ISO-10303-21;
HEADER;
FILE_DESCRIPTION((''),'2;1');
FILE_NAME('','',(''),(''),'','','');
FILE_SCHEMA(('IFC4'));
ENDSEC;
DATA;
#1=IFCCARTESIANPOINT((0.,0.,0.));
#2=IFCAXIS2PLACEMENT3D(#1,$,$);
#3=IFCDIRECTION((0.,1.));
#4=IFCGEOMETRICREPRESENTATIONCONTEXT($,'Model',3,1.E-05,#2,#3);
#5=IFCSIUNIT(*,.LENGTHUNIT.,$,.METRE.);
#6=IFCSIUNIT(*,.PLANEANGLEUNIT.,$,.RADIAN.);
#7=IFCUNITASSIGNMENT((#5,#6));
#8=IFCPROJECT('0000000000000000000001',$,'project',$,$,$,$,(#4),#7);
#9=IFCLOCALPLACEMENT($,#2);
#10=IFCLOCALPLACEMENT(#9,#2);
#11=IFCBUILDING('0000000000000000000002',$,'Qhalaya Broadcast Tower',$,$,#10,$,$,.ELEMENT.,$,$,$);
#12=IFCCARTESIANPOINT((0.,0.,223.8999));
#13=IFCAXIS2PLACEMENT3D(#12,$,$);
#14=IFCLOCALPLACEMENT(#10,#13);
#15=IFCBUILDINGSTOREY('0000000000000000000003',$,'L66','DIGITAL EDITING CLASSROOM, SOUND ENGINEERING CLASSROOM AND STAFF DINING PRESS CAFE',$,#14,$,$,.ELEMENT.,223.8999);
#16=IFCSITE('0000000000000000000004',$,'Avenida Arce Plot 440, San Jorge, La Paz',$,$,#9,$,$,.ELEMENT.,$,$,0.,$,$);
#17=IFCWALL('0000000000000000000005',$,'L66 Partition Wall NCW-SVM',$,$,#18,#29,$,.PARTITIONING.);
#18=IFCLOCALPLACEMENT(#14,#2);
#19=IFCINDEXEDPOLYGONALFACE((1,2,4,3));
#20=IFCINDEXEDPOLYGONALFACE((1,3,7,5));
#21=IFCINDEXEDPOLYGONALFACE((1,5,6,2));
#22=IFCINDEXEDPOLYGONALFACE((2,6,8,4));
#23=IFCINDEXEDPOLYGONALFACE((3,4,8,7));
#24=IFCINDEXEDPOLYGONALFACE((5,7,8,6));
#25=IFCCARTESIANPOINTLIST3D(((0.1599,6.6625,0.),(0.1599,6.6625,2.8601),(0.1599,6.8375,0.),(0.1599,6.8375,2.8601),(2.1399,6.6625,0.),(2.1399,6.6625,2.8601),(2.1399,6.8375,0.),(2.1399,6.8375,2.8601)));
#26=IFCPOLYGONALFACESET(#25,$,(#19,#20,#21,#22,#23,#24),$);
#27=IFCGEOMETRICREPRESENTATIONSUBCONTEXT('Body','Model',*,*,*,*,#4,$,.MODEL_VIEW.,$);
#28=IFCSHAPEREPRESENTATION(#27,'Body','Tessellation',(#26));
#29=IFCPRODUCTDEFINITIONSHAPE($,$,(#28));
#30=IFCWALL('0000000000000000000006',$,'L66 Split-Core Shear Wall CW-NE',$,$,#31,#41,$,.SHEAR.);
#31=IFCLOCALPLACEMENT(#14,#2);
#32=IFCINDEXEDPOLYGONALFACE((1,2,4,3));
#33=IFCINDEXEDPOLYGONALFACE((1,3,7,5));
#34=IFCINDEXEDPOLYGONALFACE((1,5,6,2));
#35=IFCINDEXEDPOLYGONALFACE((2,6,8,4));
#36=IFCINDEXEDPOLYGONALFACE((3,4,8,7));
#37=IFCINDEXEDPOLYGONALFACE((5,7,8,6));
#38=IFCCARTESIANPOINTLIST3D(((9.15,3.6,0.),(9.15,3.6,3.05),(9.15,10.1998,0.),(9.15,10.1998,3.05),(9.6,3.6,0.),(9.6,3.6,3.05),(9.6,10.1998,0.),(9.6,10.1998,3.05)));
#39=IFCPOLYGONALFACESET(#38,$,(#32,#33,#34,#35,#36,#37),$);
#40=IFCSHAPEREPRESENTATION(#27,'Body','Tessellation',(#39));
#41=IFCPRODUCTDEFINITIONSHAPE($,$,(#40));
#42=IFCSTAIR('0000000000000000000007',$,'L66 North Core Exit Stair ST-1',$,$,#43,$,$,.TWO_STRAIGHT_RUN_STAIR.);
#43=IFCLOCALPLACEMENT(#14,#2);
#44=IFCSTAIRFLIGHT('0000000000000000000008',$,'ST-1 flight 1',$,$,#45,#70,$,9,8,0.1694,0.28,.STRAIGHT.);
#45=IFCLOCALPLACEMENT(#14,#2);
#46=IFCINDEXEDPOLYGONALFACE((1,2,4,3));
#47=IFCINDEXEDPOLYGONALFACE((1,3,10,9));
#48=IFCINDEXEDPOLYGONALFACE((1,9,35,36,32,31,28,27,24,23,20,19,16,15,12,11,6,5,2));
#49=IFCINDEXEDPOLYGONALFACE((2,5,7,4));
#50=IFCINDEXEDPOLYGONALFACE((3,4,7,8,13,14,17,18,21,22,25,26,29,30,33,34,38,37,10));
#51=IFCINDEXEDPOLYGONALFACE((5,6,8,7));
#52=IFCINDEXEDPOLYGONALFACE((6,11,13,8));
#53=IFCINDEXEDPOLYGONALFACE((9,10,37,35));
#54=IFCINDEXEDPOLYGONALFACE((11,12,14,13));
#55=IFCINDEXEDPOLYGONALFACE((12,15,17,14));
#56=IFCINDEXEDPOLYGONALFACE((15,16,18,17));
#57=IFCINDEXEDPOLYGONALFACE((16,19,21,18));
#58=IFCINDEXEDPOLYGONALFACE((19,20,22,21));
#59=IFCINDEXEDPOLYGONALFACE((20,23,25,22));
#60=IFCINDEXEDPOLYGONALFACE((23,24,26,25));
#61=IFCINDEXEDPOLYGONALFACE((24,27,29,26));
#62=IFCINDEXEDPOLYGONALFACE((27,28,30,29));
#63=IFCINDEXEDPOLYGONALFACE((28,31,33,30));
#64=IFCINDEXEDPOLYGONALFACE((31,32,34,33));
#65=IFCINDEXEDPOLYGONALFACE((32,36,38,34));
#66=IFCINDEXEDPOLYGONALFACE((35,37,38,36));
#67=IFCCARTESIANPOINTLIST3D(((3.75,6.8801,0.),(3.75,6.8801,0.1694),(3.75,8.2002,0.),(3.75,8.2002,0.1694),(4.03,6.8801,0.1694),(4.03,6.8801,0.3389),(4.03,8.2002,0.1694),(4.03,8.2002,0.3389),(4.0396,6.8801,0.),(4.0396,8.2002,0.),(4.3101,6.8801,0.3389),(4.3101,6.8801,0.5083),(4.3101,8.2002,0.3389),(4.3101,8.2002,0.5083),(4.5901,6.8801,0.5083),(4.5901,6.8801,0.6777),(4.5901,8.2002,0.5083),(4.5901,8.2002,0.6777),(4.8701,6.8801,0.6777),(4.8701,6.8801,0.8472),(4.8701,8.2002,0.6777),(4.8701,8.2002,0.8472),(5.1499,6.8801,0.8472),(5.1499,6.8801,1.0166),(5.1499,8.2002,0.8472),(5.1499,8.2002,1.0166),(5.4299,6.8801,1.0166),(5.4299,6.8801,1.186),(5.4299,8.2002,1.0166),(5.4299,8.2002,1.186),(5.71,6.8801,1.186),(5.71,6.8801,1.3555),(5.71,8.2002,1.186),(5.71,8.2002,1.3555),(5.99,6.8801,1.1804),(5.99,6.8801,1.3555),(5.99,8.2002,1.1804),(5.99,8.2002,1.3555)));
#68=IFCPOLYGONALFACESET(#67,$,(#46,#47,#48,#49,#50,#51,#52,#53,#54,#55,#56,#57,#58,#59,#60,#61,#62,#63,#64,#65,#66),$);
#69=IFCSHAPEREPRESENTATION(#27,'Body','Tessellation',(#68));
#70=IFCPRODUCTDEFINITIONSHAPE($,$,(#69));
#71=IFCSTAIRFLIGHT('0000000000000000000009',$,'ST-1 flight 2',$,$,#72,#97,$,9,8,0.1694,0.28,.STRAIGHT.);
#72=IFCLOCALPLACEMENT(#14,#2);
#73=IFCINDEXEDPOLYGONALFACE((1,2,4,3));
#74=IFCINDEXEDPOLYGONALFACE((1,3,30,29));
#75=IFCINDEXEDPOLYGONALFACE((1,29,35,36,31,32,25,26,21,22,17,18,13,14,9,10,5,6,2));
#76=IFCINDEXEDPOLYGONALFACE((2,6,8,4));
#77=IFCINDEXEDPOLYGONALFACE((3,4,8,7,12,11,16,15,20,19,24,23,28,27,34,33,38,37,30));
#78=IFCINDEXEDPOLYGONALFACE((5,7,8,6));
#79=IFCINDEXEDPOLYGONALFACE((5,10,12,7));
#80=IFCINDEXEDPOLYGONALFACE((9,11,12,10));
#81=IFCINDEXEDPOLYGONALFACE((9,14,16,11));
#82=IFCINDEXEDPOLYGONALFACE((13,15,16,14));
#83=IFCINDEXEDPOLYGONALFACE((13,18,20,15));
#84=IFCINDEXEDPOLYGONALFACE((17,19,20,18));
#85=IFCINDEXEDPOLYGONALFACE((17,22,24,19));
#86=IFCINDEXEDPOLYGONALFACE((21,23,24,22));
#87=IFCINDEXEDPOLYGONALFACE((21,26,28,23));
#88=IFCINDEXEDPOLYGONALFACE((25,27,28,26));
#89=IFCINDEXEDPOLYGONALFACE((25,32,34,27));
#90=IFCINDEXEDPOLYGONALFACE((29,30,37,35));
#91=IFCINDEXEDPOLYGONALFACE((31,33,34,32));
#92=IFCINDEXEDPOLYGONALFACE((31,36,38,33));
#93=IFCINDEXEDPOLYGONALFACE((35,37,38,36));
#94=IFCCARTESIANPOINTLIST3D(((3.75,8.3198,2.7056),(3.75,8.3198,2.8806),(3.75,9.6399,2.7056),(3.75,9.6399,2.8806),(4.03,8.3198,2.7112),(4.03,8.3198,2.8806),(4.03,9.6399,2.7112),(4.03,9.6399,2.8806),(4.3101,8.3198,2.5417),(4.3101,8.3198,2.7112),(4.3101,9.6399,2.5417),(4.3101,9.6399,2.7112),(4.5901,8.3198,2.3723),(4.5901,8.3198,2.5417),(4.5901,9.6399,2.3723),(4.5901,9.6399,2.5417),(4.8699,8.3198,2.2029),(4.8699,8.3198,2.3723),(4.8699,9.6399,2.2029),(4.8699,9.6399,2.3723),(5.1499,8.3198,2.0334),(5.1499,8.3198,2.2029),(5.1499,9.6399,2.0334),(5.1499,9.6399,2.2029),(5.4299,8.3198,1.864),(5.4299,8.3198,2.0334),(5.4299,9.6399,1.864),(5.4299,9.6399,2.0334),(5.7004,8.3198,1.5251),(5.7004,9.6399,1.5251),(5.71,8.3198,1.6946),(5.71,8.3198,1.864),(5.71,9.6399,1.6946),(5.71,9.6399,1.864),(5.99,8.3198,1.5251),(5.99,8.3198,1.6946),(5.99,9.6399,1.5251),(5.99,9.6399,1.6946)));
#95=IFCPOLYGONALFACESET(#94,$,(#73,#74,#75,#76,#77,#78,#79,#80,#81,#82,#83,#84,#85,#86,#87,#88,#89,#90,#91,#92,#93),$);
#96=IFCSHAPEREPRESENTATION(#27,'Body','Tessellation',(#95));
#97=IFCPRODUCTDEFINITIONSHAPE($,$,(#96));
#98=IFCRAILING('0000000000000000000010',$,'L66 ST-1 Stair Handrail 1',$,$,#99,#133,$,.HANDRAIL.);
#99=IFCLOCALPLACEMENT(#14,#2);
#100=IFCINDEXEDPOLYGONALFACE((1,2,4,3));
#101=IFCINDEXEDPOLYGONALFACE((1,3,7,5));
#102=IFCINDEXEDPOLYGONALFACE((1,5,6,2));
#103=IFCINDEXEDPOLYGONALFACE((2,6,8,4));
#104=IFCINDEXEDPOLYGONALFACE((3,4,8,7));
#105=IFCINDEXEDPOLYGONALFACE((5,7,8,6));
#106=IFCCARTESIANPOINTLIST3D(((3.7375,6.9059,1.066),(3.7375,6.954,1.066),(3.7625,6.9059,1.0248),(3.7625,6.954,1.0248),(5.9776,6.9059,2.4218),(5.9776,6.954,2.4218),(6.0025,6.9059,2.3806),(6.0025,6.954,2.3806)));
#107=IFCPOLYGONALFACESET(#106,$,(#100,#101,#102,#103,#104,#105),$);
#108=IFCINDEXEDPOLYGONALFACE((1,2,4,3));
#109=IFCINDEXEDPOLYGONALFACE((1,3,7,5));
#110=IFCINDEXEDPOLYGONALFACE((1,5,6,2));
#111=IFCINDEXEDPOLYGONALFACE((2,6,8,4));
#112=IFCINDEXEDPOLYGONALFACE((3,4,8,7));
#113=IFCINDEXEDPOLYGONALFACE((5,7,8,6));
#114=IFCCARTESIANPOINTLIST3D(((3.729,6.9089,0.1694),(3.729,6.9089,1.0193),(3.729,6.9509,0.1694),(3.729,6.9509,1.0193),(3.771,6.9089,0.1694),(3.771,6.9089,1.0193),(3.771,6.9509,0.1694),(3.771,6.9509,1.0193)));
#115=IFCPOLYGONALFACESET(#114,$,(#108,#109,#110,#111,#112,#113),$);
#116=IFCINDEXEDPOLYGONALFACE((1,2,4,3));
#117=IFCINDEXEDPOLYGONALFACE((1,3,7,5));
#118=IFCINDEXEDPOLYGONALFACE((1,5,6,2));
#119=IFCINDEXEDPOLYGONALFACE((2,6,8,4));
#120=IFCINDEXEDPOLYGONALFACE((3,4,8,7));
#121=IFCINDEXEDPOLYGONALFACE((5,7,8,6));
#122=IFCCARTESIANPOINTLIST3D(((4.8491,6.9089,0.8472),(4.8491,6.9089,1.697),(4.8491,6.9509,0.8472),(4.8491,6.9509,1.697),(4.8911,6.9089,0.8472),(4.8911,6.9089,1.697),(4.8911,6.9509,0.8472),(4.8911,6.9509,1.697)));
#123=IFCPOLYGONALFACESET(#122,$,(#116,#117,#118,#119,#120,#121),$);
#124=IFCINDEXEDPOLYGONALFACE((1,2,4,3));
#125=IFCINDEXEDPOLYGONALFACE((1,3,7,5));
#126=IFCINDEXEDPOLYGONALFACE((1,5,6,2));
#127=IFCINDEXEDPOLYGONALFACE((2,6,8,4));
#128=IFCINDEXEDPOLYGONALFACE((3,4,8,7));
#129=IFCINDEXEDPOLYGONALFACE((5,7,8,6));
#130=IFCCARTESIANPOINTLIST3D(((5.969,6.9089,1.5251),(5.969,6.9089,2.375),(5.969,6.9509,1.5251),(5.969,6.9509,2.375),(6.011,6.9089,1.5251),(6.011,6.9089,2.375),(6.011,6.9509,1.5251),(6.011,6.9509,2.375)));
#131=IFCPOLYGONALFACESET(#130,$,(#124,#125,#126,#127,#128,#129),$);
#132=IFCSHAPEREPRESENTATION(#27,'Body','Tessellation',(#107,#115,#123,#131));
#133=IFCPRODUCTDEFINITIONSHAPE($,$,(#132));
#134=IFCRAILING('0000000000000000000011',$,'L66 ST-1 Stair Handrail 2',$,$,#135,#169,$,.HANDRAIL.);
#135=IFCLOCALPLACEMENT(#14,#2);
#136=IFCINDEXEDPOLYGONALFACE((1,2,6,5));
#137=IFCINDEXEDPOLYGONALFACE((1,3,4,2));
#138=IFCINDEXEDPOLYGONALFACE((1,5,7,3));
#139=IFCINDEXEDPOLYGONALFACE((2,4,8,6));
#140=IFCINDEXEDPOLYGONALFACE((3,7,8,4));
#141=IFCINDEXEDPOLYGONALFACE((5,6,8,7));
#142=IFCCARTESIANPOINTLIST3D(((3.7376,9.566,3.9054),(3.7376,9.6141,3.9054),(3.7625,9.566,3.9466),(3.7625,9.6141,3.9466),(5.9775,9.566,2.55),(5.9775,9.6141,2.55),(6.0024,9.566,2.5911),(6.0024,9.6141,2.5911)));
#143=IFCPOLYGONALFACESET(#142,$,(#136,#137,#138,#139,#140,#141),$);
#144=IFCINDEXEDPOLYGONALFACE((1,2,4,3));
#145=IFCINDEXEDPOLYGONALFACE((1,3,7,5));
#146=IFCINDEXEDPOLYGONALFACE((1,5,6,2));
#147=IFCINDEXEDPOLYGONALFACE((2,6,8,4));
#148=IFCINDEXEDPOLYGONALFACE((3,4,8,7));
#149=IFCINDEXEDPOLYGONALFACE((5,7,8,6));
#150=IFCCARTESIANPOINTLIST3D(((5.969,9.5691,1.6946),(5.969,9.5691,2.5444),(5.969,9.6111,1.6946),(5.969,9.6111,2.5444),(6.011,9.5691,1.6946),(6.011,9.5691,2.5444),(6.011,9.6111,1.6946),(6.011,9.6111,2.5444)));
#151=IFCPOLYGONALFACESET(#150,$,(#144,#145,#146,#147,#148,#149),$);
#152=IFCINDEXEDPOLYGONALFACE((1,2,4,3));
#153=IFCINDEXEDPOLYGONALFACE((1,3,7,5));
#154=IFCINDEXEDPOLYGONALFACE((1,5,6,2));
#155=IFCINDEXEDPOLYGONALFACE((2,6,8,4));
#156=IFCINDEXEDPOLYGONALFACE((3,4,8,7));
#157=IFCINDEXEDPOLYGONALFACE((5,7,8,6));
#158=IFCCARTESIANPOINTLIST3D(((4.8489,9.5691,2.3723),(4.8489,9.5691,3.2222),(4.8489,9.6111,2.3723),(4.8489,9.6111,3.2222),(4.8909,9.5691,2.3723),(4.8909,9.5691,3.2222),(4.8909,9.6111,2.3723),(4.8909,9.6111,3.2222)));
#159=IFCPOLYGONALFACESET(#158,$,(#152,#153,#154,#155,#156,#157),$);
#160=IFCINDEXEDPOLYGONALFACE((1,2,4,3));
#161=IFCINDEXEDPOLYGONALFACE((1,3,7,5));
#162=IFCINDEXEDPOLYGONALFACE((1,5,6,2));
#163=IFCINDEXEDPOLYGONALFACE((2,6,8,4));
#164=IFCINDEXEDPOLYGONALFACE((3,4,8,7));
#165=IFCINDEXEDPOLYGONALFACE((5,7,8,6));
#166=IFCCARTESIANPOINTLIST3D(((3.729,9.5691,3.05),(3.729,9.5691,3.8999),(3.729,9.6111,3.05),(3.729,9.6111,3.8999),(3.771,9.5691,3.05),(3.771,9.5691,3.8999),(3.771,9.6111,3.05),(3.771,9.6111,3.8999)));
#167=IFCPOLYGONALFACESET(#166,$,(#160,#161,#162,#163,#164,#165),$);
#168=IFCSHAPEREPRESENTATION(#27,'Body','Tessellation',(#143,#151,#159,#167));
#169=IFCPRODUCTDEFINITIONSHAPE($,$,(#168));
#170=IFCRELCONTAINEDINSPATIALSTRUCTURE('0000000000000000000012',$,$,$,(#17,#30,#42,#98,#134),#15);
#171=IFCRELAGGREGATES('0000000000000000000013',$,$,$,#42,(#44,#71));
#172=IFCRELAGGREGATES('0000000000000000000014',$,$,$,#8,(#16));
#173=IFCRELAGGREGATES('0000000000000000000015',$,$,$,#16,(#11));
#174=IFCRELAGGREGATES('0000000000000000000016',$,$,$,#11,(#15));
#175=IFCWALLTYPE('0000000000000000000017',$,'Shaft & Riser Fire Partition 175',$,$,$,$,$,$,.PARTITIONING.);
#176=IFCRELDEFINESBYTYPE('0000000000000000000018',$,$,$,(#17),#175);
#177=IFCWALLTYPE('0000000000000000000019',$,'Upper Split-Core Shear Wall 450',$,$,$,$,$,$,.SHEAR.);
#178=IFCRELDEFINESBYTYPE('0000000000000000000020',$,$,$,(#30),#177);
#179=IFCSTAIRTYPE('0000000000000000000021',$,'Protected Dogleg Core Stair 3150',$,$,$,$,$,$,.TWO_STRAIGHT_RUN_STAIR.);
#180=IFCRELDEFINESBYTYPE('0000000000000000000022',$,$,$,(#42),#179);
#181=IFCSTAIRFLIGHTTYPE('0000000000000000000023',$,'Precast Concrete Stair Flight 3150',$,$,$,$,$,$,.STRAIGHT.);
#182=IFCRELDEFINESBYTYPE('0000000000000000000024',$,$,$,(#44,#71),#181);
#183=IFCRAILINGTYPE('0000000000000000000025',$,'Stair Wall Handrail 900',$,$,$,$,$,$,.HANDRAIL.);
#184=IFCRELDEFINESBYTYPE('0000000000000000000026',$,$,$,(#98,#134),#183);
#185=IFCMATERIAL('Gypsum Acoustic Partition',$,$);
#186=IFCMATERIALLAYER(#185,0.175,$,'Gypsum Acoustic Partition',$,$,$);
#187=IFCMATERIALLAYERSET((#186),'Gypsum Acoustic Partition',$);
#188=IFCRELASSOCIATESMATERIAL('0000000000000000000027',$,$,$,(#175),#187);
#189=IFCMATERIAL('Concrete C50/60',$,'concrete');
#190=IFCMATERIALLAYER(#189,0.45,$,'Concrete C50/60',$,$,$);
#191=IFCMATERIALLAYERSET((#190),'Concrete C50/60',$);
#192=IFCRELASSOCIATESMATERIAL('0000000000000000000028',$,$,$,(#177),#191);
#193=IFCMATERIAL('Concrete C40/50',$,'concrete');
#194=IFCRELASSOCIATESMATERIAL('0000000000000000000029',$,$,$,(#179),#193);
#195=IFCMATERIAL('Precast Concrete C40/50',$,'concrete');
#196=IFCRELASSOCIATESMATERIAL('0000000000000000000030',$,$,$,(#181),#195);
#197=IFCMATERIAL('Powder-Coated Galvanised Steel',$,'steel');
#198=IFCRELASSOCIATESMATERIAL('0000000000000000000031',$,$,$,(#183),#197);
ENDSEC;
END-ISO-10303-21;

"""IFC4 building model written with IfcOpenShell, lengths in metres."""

from ifc_helpers import new_model, si_unit, direction, frame, frame_2d, origin, origin_2d, place, context, subcontext, project, spatial, polyline, rectangle, outline, extrude, material, layer, layer_set, type_object, element, aggregate, save


model = new_model("IFC4")

# Units and contexts
model_context = context("Model", 3, precision=1e-05, world=origin(), true_north=direction((0.0, 1.0)))
body_context = subcontext(model_context, "Body", "Model", "MODEL_VIEW")
ifc_project = project(units=[si_unit("LENGTHUNIT", "METRE"), si_unit("PLANEANGLEUNIT", "RADIAN")], contexts=[model_context])

# Site, building, storey
site_placement = place(None, origin())
site = spatial("IfcSite", under=ifc_project, at=site_placement, Name="Avenida Arce Plot 440, San Jorge, La Paz", CompositionType="ELEMENT", RefElevation=0.0)
building_placement = place(site_placement, origin())
building = spatial("IfcBuilding", under=site, at=building_placement, Name="Qhalaya Broadcast Tower", CompositionType="ELEMENT")
storey_placement = place(building_placement, frame((0.0, 0.0, 223.8999)))
storey = spatial("IfcBuildingStorey", under=building, at=storey_placement, Name="L66", Description="DIGITAL EDITING CLASSROOM, SOUND ENGINEERING CLASSROOM AND STAFF DINING PRESS CAFE", CompositionType="ELEMENT", Elevation=223.8999)

# Shared definitions
ifc_material_1 = material(Name="Concrete C50/60", Category="concrete")

# Shared definitions
ifc_material_2 = material(Name="Gypsum Acoustic Partition")
ifc_layer_1 = layer(ifc_material_2, 0.175, Name="Gypsum Acoustic Partition")
ifc_layer_set_1 = layer_set([ifc_layer_1], Name="Gypsum Acoustic Partition")
wall_type_1 = type_object("IfcWallType", Name="Shaft & Riser Fire Partition 175", PredefinedType="PARTITIONING", material=ifc_layer_set_1)

# Walls
wall_1_placement = place(storey_placement, frame((0.1599, 6.75, 0.0), z_axis=(0.0, 0.0, 1.0), x_axis=(1.0, 0.0, 0.0)))
element("IfcWall", 1, at=wall_1_placement, inside=storey, type_object=wall_type_1, Name="L66 Partition Wall NCW-SVM", PredefinedType="PARTITIONING", context=body_context, shape_type="SweptSolid", body=[
    extrude(rectangle(XDim=1.98, YDim=0.175, at=frame_2d((0.99, 0.0))), origin(), (0.0, 0.0, 1.0), 2.8601),
])
ifc_layer_2 = layer(ifc_material_1, 0.45, Name="Concrete C50/60")
ifc_layer_set_2 = layer_set([ifc_layer_2], Name="Concrete C50/60")
wall_type_2 = type_object("IfcWallType", Name="Upper Split-Core Shear Wall 450", PredefinedType="SHEAR", material=ifc_layer_set_2)
wall_2_placement = place(storey_placement, frame((9.375, 3.6001, 0.0), z_axis=(0.0, 0.0, 1.0), x_axis=(0.0, 1.0, 0.0)))
element("IfcWall", 2, at=wall_2_placement, inside=storey, type_object=wall_type_2, Name="L66 Split-Core Shear Wall CW-NE", PredefinedType="SHEAR", context=body_context, shape_type="SweptSolid", body=[
    extrude(rectangle(XDim=6.5999, YDim=0.45, at=frame_2d((3.2998, 0.0))), origin(), (0.0, 0.0, 1.0), 3.05),
])

# Stair, stair flights
ifc_material_3 = material(Name="Concrete C40/50", Category="concrete")
stair_type = type_object("IfcStairType", Name="Protected Dogleg Core Stair 3150", PredefinedType="TWO_STRAIGHT_RUN_STAIR", material=ifc_material_3)
stair_placement = place(storey_placement, origin())
stair = element("IfcStair", 3, at=stair_placement, inside=storey, type_object=stair_type, Name="L66 North Core Exit Stair ST-1", PredefinedType="TWO_STRAIGHT_RUN_STAIR")
ifc_material_4 = material(Name="Precast Concrete C40/50", Category="concrete")
stair_flight_type = type_object("IfcStairFlightType", Name="Precast Concrete Stair Flight 3150", PredefinedType="STRAIGHT", material=ifc_material_4)
stair_flight_1_placement = place(storey_placement, frame((3.75, 7.54, 0.0), z_axis=(0.0, 0.0, 1.0), x_axis=(1.0, 0.0, 0.0)))
stair_flight_1 = element("IfcStairFlight", 4, at=stair_flight_1_placement, type_object=stair_flight_type, Name="ST-1 flight 1", NumberOfRisers=9, NumberOfTreads=8, PredefinedType="STRAIGHT", RiserHeight=0.1694, TreadLength=0.28, context=body_context, shape_type="SweptSolid", body=[
    extrude(outline(polyline([(0.0, 0.0), (0.0, 0.1694), (0.28, 0.1694), (0.28, 0.3389), (0.5601, 0.3389), (0.5601, 0.5083), (0.8401, 0.5083), (0.8401, 0.6777), (1.1201, 0.6777), (1.1201, 0.8472), (1.3999, 0.8472), (1.3999, 1.0166), (1.6799, 1.0166), (1.6799, 1.186), (1.96, 1.186), (1.96, 1.3555), (2.24, 1.3555), (2.24, 1.5249), (2.24, 1.1804), (0.2896, 0.0), (0.0, 0.0)])), frame((0.0, 0.6602, 0.0), z_axis=(0.0, -1.0, 0.0), x_axis=(1.0, 0.0, 0.0)), (0.0, 0.0, 1.0), 1.3201),
])
stair_flight_2_placement = place(storey_placement, frame((5.99, 8.98, 1.5251), z_axis=(0.0, 0.0, 1.0), x_axis=(-1.0, 0.0, 0.0)))
stair_flight_2 = element("IfcStairFlight", 5, at=stair_flight_2_placement, type_object=stair_flight_type, Name="ST-1 flight 2", NumberOfRisers=9, NumberOfTreads=8, PredefinedType="STRAIGHT", RiserHeight=0.1694, TreadLength=0.28, context=body_context, shape_type="SweptSolid", body=[
    extrude(outline(polyline([(0.0, 0.0), (0.0, 0.1694), (0.28, 0.1694), (0.28, 0.3389), (0.5601, 0.3389), (0.5601, 0.5083), (0.8401, 0.5083), (0.8401, 0.6777), (1.1201, 0.6777), (1.1201, 0.8472), (1.3999, 0.8472), (1.3999, 1.0166), (1.6799, 1.0166), (1.6799, 1.186), (1.96, 1.186), (1.96, 1.3555), (2.24, 1.3555), (2.24, 1.5249), (2.24, 1.1804), (0.2896, 0.0), (0.0, 0.0)])), frame((0.0, 0.6602, 0.0), z_axis=(0.0, -1.0, 0.0), x_axis=(1.0, 0.0, 0.0)), (0.0, 0.0, 1.0), 1.3201),
])
aggregate(stair, [stair_flight_1, stair_flight_2])

# Railings
ifc_material_5 = material(Name="Powder-Coated Galvanised Steel", Category="steel")
railing_type_1 = type_object("IfcRailingType", Name="Stair Wall Handrail 900", PredefinedType="HANDRAIL", material=ifc_material_5)
railing_1_placement = place(storey_placement, frame((3.75, 6.9299, 0.1694)))
element("IfcRailing", 6, at=railing_1_placement, inside=storey, type_object=railing_type_1, Name="L66 ST-1 Stair Handrail 1", PredefinedType="HANDRAIL", context=body_context, shape_type="SweptSolid", body=[
    extrude(rectangle(XDim=0.0481, YDim=0.0481, at=origin_2d()), frame((0.0, 0.0, 0.876), z_axis=(0.855512, 0.0, 0.517783), x_axis=(0.0, 1.0, 0.0)), (0.0, 0.0, 1.0), 2.6184),
    extrude(rectangle(XDim=0.042, YDim=0.042, at=origin_2d()), origin(), (0.0, 0.0, 1.0), 0.8499),
    extrude(rectangle(XDim=0.042, YDim=0.042, at=origin_2d()), frame((1.1201, 0.0, 0.6777)), (0.0, 0.0, 1.0), 0.8499),
    extrude(rectangle(XDim=0.042, YDim=0.042, at=origin_2d()), frame((2.24, 0.0, 1.3557)), (0.0, 0.0, 1.0), 0.8499),
])
railing_2_placement = place(storey_placement, frame((5.99, 9.5901, 1.6946)))
element("IfcRailing", 7, at=railing_2_placement, inside=storey, type_object=railing_type_1, Name="L66 ST-1 Stair Handrail 2", PredefinedType="HANDRAIL", context=body_context, shape_type="SweptSolid", body=[
    extrude(rectangle(XDim=0.0481, YDim=0.0481, at=origin_2d()), frame((0.0, 0.0, 0.876), z_axis=(-0.855553, 0.0, 0.517715), x_axis=(0.0, -1.0, 0.0)), (0.0, 0.0, 1.0), 2.6182),
    extrude(rectangle(XDim=0.042, YDim=0.042, at=origin_2d()), origin(), (0.0, 0.0, 1.0), 0.8499),
    extrude(rectangle(XDim=0.042, YDim=0.042, at=origin_2d()), frame((-1.1201, 0.0, 0.6777)), (0.0, 0.0, 1.0), 0.8499),
    extrude(rectangle(XDim=0.042, YDim=0.042, at=origin_2d()), frame((-2.24, 0.0, 1.3555)), (0.0, 0.0, 1.0), 0.8499),
])

save(model, "model.ifc")
